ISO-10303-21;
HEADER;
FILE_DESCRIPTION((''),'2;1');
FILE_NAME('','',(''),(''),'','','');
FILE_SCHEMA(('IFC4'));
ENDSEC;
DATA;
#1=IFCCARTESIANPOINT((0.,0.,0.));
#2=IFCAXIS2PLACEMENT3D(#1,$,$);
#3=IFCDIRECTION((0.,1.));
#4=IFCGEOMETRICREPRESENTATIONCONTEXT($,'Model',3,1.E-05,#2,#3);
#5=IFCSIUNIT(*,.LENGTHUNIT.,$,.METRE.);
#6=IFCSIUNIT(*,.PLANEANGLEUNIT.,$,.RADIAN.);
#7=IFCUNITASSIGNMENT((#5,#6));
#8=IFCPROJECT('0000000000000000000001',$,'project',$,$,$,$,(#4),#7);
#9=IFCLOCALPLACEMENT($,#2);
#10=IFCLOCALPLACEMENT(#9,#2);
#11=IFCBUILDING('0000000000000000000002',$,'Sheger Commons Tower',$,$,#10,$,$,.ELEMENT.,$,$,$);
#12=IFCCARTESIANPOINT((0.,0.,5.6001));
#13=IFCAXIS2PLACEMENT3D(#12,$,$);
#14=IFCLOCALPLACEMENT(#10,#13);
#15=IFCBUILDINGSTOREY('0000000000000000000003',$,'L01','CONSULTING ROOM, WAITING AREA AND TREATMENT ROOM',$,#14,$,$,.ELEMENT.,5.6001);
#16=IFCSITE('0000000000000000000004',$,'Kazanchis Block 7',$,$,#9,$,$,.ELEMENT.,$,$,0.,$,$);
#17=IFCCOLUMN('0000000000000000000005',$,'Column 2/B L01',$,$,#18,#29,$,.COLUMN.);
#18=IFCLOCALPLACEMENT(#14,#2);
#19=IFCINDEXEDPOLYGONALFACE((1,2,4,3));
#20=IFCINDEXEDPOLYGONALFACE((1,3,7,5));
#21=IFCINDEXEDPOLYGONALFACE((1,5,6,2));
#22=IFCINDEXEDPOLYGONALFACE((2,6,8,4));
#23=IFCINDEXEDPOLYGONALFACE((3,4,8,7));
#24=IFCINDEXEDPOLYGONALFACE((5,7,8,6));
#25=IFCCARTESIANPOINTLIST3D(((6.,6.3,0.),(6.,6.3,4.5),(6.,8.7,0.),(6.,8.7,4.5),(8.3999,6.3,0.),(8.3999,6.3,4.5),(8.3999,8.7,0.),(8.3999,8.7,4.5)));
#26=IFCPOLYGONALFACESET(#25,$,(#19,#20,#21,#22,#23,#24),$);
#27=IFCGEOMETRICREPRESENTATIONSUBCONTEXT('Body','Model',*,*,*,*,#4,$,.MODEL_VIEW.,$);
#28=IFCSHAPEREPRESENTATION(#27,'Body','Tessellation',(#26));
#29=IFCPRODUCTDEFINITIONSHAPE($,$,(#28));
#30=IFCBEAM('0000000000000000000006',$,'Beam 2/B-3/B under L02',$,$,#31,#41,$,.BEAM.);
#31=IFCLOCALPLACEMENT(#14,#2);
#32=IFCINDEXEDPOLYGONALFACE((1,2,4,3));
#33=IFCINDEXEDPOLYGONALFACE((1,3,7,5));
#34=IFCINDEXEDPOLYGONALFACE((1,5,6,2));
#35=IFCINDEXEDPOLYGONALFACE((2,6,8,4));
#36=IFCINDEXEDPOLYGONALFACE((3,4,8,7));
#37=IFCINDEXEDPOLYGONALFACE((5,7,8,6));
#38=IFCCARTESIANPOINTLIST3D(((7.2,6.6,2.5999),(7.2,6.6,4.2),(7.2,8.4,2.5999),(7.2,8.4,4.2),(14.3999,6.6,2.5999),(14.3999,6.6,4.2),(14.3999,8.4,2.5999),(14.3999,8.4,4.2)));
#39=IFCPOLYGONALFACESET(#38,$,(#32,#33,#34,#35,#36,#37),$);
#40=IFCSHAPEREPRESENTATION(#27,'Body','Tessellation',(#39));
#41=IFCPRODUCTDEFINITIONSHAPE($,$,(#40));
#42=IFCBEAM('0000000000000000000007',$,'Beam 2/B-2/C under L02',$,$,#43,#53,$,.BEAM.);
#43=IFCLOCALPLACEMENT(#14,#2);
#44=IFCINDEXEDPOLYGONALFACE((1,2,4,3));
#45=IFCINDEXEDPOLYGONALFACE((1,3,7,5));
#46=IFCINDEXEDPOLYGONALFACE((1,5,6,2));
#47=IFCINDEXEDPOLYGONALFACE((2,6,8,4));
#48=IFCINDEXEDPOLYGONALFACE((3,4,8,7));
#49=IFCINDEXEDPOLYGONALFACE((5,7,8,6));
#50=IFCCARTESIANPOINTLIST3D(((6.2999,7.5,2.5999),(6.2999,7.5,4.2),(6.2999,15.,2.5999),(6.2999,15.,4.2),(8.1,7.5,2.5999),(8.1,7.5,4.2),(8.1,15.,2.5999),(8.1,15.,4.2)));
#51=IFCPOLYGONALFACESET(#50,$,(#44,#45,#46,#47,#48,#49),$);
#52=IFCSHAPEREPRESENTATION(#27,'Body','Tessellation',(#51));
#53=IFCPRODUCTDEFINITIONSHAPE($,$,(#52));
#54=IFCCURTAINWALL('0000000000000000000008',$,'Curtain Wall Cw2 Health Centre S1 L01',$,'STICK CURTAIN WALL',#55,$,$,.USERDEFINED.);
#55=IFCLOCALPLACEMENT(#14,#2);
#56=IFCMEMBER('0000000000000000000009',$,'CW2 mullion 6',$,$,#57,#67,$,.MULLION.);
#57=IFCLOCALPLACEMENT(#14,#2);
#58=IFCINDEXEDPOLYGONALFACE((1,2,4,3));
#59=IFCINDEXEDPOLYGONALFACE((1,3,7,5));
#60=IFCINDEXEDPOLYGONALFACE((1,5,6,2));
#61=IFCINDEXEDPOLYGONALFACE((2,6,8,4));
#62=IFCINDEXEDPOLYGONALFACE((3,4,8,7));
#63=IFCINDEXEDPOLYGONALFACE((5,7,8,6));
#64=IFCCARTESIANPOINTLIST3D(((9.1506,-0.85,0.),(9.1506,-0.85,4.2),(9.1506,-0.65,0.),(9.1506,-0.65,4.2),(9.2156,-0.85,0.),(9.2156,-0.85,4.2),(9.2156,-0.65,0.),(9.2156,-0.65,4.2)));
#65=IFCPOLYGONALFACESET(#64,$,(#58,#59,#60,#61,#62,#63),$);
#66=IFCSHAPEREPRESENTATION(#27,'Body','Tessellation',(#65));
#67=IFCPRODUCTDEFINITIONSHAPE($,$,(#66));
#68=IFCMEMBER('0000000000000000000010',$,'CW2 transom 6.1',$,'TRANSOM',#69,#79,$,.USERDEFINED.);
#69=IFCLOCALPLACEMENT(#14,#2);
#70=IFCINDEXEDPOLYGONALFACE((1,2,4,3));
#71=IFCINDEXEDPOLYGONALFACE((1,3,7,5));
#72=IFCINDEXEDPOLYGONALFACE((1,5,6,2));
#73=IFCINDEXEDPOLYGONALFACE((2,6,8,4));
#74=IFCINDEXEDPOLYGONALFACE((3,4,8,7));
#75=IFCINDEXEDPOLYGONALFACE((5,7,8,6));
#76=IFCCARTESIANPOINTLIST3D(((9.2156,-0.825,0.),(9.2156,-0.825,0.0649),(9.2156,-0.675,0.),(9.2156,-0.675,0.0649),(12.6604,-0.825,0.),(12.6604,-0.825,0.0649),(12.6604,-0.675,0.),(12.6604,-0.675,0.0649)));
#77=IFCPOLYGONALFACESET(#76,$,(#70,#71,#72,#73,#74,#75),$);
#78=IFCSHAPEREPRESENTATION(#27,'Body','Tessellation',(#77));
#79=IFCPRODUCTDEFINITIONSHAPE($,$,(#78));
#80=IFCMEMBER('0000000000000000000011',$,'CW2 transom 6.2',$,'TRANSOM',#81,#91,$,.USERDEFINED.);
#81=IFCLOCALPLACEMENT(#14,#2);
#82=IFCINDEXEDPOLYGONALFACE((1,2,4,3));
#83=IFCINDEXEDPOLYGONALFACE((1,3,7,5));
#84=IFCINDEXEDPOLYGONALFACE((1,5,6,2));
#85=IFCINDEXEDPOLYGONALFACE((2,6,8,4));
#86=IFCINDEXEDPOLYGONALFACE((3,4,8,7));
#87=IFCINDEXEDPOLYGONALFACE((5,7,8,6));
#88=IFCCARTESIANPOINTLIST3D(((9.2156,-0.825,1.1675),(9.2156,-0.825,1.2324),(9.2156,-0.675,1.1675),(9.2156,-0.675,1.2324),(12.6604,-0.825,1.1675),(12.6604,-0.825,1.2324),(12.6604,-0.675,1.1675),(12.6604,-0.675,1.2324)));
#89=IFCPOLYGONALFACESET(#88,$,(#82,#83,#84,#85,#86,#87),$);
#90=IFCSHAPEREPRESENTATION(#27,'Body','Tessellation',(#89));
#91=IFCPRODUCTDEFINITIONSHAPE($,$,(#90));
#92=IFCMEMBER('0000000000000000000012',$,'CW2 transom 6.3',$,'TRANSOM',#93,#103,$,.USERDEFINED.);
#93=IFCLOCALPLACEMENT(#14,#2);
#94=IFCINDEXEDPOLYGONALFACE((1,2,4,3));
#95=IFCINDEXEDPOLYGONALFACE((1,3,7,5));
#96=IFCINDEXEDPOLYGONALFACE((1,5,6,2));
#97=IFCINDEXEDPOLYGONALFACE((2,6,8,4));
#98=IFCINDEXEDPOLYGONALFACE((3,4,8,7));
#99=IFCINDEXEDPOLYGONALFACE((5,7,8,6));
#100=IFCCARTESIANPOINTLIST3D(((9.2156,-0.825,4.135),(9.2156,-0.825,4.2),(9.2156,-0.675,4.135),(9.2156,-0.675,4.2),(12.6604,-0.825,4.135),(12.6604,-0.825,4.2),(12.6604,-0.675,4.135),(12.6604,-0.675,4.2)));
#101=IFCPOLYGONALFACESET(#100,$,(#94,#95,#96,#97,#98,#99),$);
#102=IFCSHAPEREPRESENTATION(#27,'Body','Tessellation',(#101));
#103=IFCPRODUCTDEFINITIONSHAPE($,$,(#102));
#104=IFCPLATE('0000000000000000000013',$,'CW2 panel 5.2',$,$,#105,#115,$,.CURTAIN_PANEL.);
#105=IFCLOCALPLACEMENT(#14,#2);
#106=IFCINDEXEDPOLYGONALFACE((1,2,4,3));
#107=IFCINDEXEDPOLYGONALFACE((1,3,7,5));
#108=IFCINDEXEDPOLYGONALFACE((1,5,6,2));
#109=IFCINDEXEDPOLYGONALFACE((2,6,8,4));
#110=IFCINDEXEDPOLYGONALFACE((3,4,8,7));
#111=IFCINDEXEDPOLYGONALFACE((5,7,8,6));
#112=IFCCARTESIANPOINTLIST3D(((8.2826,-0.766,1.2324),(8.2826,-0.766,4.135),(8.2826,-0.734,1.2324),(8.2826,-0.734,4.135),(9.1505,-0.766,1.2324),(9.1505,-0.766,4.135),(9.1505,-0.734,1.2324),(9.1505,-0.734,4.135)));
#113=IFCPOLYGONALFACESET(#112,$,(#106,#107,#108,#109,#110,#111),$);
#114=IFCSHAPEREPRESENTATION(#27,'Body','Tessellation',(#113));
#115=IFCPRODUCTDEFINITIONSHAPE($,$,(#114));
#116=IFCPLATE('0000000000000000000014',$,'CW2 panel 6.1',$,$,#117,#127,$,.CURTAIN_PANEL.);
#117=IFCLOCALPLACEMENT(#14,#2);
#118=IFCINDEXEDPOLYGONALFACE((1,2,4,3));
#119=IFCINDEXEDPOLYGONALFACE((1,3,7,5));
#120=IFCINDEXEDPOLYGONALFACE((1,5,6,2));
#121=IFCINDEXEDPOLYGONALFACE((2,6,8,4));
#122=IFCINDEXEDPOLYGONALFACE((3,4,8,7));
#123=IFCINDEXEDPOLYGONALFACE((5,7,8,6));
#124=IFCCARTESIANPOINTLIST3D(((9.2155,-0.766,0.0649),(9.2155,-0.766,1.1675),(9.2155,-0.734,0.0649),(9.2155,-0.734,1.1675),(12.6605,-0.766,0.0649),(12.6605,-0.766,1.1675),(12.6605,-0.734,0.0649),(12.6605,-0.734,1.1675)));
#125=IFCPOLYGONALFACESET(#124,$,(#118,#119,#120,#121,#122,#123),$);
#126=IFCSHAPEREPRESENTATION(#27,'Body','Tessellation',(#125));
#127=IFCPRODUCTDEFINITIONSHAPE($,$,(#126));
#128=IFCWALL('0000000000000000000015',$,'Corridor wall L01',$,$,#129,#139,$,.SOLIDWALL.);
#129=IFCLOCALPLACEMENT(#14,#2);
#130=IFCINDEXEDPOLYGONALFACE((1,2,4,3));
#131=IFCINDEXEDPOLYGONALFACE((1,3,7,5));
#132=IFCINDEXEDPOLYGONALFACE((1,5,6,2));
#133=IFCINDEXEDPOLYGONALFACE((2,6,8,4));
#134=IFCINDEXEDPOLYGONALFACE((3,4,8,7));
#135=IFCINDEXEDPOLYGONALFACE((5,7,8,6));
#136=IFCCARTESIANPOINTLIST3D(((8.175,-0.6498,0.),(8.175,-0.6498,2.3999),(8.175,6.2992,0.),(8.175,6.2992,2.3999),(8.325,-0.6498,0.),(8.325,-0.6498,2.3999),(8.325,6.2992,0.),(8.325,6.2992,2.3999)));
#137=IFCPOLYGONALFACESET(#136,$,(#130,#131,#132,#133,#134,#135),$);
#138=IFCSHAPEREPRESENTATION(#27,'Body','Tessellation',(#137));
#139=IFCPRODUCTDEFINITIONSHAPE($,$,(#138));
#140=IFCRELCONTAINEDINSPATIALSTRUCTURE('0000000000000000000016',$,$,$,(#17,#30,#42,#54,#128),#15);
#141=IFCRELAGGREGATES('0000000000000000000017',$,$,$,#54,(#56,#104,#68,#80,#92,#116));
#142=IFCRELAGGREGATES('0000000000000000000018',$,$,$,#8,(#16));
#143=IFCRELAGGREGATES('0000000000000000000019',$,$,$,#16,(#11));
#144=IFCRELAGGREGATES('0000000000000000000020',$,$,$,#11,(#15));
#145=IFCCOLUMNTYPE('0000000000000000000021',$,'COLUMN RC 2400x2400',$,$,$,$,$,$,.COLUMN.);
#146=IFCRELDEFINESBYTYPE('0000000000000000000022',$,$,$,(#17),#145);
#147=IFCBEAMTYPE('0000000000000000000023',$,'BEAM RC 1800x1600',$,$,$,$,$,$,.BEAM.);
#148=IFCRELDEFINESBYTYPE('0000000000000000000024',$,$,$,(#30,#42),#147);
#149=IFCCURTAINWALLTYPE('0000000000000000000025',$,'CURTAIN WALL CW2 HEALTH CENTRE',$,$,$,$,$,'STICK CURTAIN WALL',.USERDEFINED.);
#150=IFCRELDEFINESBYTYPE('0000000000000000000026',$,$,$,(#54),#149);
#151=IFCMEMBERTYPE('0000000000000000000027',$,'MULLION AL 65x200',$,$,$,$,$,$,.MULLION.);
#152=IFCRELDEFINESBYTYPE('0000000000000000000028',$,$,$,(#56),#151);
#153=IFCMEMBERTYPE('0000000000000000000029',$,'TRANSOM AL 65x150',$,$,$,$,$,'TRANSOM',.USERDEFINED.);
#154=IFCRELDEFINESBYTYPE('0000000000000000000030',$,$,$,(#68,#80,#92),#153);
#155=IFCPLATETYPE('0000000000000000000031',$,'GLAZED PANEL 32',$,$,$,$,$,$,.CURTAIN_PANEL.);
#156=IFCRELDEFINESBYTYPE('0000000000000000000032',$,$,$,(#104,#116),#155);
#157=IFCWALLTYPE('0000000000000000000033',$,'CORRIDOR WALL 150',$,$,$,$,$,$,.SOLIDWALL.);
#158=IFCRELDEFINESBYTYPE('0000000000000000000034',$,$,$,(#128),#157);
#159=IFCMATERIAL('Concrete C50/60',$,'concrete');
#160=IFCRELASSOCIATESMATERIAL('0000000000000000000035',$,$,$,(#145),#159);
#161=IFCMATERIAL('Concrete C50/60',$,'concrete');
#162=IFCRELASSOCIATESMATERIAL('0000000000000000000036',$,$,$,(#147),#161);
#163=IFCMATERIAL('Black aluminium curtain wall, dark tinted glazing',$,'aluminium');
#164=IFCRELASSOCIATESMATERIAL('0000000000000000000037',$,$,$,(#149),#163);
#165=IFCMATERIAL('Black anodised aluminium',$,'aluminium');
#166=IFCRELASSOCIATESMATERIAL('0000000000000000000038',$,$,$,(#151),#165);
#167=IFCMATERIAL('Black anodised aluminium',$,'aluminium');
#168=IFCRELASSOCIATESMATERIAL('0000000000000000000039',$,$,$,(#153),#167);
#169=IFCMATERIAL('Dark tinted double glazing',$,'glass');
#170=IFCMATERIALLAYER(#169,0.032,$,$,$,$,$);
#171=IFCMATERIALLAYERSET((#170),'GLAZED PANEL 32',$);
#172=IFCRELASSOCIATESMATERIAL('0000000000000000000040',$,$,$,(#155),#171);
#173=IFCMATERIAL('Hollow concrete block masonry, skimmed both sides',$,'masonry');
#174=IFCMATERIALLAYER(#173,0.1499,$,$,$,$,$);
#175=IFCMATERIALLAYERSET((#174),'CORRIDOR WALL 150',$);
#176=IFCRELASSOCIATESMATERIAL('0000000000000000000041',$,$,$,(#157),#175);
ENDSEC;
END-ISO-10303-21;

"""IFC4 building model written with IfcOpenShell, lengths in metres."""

from ifc_helpers import new_model, si_unit, direction, frame, frame_2d, origin, origin_2d, place, context, subcontext, project, spatial, rectangle, extrude, material, layer, layer_set, material_profile, profile_set, type_object, element, aggregate, save


model = new_model("IFC4")

# Units and contexts
model_context = context("Model", 3, precision=1e-05, world=origin(), true_north=direction((0.0, 1.0)))
body_context = subcontext(model_context, "Body", "Model", "MODEL_VIEW")
ifc_project = project(units=[si_unit("LENGTHUNIT", "METRE"), si_unit("PLANEANGLEUNIT", "RADIAN")], contexts=[model_context])

# Site, building, storey
site_placement = place(None, origin())
site = spatial("IfcSite", under=ifc_project, at=site_placement, Name="Kazanchis Block 7", CompositionType="ELEMENT", RefElevation=0.0)
building_placement = place(site_placement, origin())
building = spatial("IfcBuilding", under=site, at=building_placement, Name="Sheger Commons Tower", CompositionType="ELEMENT")
storey_placement = place(building_placement, frame((0.0, 0.0, 5.6001)))
storey = spatial("IfcBuildingStorey", under=building, at=storey_placement, Name="L01", Description="CONSULTING ROOM, WAITING AREA AND TREATMENT ROOM", CompositionType="ELEMENT", Elevation=5.6001)

# Column
ifc_material_1 = material(Name="Concrete C50/60", Category="concrete")
ifc_material_profile_1 = material_profile(ifc_material_1, rectangle(XDim=2.3999, YDim=2.3999, at=origin_2d()), Name="RC 2400x2400")
ifc_profile_set_1 = profile_set([ifc_material_profile_1], Name="Concrete C50/60")
column_type = type_object("IfcColumnType", Name="COLUMN RC 2400x2400", PredefinedType="COLUMN", material=ifc_profile_set_1)
column_placement = place(storey_placement, frame((7.2, 7.5, 0.0), z_axis=(0.0, 0.0, 1.0), x_axis=(1.0, 0.0, 0.0)))
element("IfcColumn", 1, at=column_placement, inside=storey, type_object=column_type, Name="Column 2/B L01", PredefinedType="COLUMN", context=body_context, shape_type="SweptSolid", body=[
    extrude(rectangle(XDim=2.3999, YDim=2.3999, at=origin_2d()), origin(), (0.0, 0.0, 1.0), 4.5),
])

# Beams
ifc_material_2 = material(Name="Concrete C50/60", Category="concrete")
ifc_material_profile_2 = material_profile(ifc_material_2, rectangle(XDim=1.8, YDim=1.6001, at=origin_2d()), Name="RC 1800x1600")
ifc_profile_set_2 = profile_set([ifc_material_profile_2], Name="Concrete C50/60")
beam_type = type_object("IfcBeamType", Name="BEAM RC 1800x1600", PredefinedType="BEAM", material=ifc_profile_set_2)
beam_1_placement = place(storey_placement, frame((7.2, 7.5, 3.3999), z_axis=(1.0, 0.0, 0.0), x_axis=(0.0, 1.0, 0.0)))
element("IfcBeam", 2, at=beam_1_placement, inside=storey, type_object=beam_type, Name="Beam 2/B-3/B under L02", PredefinedType="BEAM", context=body_context, shape_type="SweptSolid", body=[
    extrude(rectangle(XDim=1.8, YDim=1.6001, at=origin_2d()), origin(), (0.0, 0.0, 1.0), 7.2),
])
beam_2_placement = place(storey_placement, frame((7.2, 7.5, 3.3999), z_axis=(0.0, 1.0, 0.0), x_axis=(-1.0, 0.0, 0.0)))
element("IfcBeam", 3, at=beam_2_placement, inside=storey, type_object=beam_type, Name="Beam 2/B-2/C under L02", PredefinedType="BEAM", context=body_context, shape_type="SweptSolid", body=[
    extrude(rectangle(XDim=1.8, YDim=1.6001, at=origin_2d()), origin(), (0.0, 0.0, 1.0), 7.5),
])

# Curtain wall, members, plates
ifc_material_3 = material(Name="Black aluminium curtain wall, dark tinted glazing", Category="aluminium")
curtain_wall_type = type_object("IfcCurtainWallType", Name="CURTAIN WALL CW2 HEALTH CENTRE", ElementType="STICK CURTAIN WALL", PredefinedType="USERDEFINED", material=ifc_material_3)
curtain_wall_placement = place(storey_placement, origin())
curtain_wall = element("IfcCurtainWall", 4, at=curtain_wall_placement, inside=storey, type_object=curtain_wall_type, Name="Curtain Wall Cw2 Health Centre S1 L01", ObjectType="STICK CURTAIN WALL", PredefinedType="USERDEFINED")
ifc_material_4 = material(Name="Black anodised aluminium", Category="aluminium")
ifc_material_profile_3 = material_profile(ifc_material_4, rectangle(XDim=0.2, YDim=0.0649, at=origin_2d()), Name="AL 65x200")
ifc_profile_set_3 = profile_set([ifc_material_profile_3], Name="Black anodised aluminium")
member_type_1 = type_object("IfcMemberType", Name="MULLION AL 65x200", PredefinedType="MULLION", material=ifc_profile_set_3)
member_1_placement = place(storey_placement, frame((9.1831, -0.75, 0.0), z_axis=(0.0, 0.0, 1.0), x_axis=(0.0, 1.0, 0.0)))
member_1 = element("IfcMember", 5, at=member_1_placement, type_object=member_type_1, Name="CW2 mullion 6", PredefinedType="MULLION", context=body_context, shape_type="SweptSolid", body=[
    extrude(rectangle(XDim=0.2, YDim=0.0649, at=origin_2d()), origin(), (0.0, 0.0, 1.0), 4.2),
])
ifc_material_5 = material(Name="Black anodised aluminium", Category="aluminium")
ifc_material_profile_4 = material_profile(ifc_material_5, rectangle(XDim=0.1499, YDim=0.0649, at=origin_2d()), Name="AL 65x150")
ifc_profile_set_4 = profile_set([ifc_material_profile_4], Name="Black anodised aluminium")
member_type_2 = type_object("IfcMemberType", Name="TRANSOM AL 65x150", ElementType="TRANSOM", PredefinedType="USERDEFINED", material=ifc_profile_set_4)
member_2_placement = place(storey_placement, frame((9.2156, -0.75, 0.0325), z_axis=(1.0, 0.0, 0.0), x_axis=(0.0, 1.0, 0.0)))
member_2 = element("IfcMember", 6, at=member_2_placement, type_object=member_type_2, Name="CW2 transom 6.1", ObjectType="TRANSOM", PredefinedType="USERDEFINED", context=body_context, shape_type="SweptSolid", body=[
    extrude(rectangle(XDim=0.1499, YDim=0.0649, at=origin_2d()), origin(), (0.0, 0.0, 1.0), 3.4448),
])
member_3_placement = place(storey_placement, frame((9.2156, -0.75, 1.2), z_axis=(1.0, 0.0, 0.0), x_axis=(0.0, 1.0, 0.0)))
member_3 = element("IfcMember", 7, at=member_3_placement, type_object=member_type_2, Name="CW2 transom 6.2", ObjectType="TRANSOM", PredefinedType="USERDEFINED", context=body_context, shape_type="SweptSolid", body=[
    extrude(rectangle(XDim=0.1499, YDim=0.0649, at=origin_2d()), origin(), (0.0, 0.0, 1.0), 3.4448),
])
member_4_placement = place(storey_placement, frame((9.2156, -0.75, 4.1675), z_axis=(1.0, 0.0, 0.0), x_axis=(0.0, 1.0, 0.0)))
member_4 = element("IfcMember", 8, at=member_4_placement, type_object=member_type_2, Name="CW2 transom 6.3", ObjectType="TRANSOM", PredefinedType="USERDEFINED", context=body_context, shape_type="SweptSolid", body=[
    extrude(rectangle(XDim=0.1499, YDim=0.0649, at=origin_2d()), origin(), (0.0, 0.0, 1.0), 3.4448),
])
ifc_material_6 = material(Name="Dark tinted double glazing", Category="glass")
ifc_layer_1 = layer(ifc_material_6, 0.032)
ifc_layer_set_1 = layer_set([ifc_layer_1], Name="GLAZED PANEL 32")
plate_type = type_object("IfcPlateType", Name="GLAZED PANEL 32", PredefinedType="CURTAIN_PANEL", material=ifc_layer_set_1)
plate_1_placement = place(storey_placement, frame((8.7166, -0.75, 1.2324), z_axis=(0.0, 0.0, 1.0), x_axis=(1.0, 0.0, 0.0)))
plate_1 = element("IfcPlate", 9, at=plate_1_placement, type_object=plate_type, Name="CW2 panel 5.2", PredefinedType="CURTAIN_PANEL", context=body_context, shape_type="SweptSolid", body=[
    extrude(rectangle(XDim=0.8679, YDim=0.032, at=origin_2d()), origin(), (0.0, 0.0, 1.0), 2.9026),
])
plate_2_placement = place(storey_placement, frame((10.938, -0.75, 0.0649), z_axis=(0.0, 0.0, 1.0), x_axis=(1.0, 0.0, 0.0)))
plate_2 = element("IfcPlate", 10, at=plate_2_placement, type_object=plate_type, Name="CW2 panel 6.1", PredefinedType="CURTAIN_PANEL", context=body_context, shape_type="SweptSolid", body=[
    extrude(rectangle(XDim=3.4451, YDim=0.032, at=origin_2d()), origin(), (0.0, 0.0, 1.0), 1.1025),
])
aggregate(curtain_wall, [member_1, plate_1, member_2, member_3, member_4, plate_2])

# Wall
ifc_material_7 = material(Name="Hollow concrete block masonry, skimmed both sides", Category="masonry")
ifc_layer_2 = layer(ifc_material_7, 0.1499)
ifc_layer_set_2 = layer_set([ifc_layer_2], Name="CORRIDOR WALL 150")
wall_type_1 = type_object("IfcWallType", Name="CORRIDOR WALL 150", PredefinedType="SOLIDWALL", material=ifc_layer_set_2)
wall_1_placement = place(storey_placement, frame((8.25, -0.6499, 0.0), z_axis=(0.0, 0.0, 1.0), x_axis=(0.0, 1.0, 0.0)))
element("IfcWall", 11, at=wall_1_placement, inside=storey, type_object=wall_type_1, Name="Corridor wall L01", PredefinedType="SOLIDWALL", context=body_context, shape_type="SweptSolid", body=[
    extrude(rectangle(XDim=6.949, YDim=0.1499, at=frame_2d((3.4746, 0.0))), origin(), (0.0, 0.0, 1.0), 2.3999),
])

save(model, "model.ifc")
